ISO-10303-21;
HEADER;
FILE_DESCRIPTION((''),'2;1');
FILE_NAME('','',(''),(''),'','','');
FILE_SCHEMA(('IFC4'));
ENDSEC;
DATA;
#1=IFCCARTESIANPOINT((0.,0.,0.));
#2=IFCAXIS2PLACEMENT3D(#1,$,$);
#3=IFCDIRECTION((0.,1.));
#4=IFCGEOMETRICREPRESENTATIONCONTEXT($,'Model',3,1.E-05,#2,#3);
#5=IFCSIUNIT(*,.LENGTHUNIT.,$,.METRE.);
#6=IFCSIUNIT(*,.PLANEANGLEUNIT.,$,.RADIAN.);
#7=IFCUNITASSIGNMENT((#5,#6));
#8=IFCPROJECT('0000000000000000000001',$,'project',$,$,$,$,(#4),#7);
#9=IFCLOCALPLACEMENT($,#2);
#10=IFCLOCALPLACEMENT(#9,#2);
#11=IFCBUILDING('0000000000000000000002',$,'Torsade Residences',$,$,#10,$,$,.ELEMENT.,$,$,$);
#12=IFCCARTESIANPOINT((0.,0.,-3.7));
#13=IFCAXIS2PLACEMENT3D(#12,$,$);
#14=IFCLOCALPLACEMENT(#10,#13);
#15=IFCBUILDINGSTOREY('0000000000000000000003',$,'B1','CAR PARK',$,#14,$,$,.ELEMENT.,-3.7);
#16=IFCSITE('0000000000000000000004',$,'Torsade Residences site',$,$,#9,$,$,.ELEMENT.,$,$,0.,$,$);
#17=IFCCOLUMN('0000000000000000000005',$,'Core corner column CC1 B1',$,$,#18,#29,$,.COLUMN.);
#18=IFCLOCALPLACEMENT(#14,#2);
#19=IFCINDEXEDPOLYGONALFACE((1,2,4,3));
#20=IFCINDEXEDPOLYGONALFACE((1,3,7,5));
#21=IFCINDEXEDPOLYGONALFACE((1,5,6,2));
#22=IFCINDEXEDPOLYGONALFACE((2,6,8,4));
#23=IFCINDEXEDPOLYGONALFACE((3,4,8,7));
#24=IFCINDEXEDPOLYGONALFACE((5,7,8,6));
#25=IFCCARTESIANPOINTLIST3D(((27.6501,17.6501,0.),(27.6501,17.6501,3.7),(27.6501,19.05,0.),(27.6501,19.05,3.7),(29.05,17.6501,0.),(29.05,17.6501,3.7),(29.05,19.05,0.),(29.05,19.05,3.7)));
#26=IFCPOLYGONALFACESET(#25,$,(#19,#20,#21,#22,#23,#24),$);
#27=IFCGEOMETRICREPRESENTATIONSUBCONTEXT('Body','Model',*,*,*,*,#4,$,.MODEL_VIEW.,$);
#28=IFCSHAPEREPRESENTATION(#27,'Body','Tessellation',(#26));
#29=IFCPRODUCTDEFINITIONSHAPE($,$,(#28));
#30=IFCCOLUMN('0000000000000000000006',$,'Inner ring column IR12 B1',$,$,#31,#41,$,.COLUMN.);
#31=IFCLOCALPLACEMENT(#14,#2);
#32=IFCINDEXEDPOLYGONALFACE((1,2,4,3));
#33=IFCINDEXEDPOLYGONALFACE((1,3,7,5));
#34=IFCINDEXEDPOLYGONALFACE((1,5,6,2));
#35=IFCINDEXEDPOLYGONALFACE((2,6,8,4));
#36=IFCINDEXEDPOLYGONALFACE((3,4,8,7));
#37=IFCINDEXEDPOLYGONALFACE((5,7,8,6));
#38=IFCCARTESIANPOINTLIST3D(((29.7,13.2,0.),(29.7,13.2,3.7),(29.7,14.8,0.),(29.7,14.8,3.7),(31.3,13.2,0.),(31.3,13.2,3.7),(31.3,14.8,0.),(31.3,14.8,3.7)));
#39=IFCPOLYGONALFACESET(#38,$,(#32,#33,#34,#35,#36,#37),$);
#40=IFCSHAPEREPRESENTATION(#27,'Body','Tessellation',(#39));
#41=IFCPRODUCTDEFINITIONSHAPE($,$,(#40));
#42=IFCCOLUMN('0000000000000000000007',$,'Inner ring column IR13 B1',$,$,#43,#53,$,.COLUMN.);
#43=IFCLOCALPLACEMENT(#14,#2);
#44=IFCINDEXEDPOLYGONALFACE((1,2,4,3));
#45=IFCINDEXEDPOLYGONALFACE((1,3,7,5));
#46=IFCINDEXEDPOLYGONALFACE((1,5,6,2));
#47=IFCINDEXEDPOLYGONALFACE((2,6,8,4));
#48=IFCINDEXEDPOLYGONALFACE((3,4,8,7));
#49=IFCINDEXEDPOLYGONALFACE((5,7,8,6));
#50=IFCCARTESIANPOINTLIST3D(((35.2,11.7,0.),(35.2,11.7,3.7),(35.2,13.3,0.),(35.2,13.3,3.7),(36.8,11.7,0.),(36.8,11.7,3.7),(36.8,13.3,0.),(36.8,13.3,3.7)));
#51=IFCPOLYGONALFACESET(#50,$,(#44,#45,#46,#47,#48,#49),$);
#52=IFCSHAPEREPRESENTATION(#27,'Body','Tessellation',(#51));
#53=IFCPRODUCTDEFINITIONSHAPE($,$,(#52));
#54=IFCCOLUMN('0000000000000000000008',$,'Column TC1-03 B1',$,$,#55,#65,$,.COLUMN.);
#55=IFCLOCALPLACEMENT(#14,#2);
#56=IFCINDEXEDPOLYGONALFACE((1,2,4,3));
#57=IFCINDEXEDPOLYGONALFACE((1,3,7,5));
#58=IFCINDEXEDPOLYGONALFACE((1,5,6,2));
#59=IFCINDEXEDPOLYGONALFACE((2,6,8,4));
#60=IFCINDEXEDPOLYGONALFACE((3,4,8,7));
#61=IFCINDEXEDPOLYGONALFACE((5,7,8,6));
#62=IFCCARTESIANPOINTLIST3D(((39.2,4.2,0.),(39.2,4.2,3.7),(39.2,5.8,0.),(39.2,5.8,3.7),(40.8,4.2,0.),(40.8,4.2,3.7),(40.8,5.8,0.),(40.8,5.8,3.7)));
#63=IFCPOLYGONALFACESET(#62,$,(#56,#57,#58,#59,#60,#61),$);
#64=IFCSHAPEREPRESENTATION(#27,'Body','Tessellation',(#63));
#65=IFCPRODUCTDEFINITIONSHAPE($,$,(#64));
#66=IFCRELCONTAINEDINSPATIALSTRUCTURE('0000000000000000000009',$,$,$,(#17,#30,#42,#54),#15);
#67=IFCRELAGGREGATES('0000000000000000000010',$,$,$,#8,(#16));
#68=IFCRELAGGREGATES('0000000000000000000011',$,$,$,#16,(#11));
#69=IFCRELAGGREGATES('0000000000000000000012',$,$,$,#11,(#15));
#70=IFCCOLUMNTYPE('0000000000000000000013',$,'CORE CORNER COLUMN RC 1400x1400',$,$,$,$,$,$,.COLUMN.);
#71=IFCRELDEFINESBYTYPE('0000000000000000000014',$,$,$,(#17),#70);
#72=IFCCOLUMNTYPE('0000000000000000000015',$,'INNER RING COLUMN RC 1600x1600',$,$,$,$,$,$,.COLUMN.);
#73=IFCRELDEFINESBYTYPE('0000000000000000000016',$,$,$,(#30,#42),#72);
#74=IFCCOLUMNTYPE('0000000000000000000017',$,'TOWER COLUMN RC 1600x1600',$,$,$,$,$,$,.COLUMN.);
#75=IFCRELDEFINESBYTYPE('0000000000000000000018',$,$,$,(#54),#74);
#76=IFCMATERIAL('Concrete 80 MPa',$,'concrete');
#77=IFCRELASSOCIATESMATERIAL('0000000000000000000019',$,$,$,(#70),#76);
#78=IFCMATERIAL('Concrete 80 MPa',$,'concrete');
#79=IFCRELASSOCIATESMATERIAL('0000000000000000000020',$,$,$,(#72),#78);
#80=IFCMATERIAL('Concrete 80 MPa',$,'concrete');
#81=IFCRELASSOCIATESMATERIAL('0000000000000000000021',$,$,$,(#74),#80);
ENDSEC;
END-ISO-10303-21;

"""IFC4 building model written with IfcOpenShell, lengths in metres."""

from ifc_helpers import new_model, si_unit, direction, frame, origin, origin_2d, place, context, subcontext, project, spatial, rectangle, extrude, material, material_profile, profile_set, type_object, element, save


model = new_model("IFC4")

# Units and contexts
model_context = context("Model", 3, precision=1e-05, world=origin(), true_north=direction((0.0, 1.0)))
body_context = subcontext(model_context, "Body", "Model", "MODEL_VIEW")
ifc_project = project(units=[si_unit("LENGTHUNIT", "METRE"), si_unit("PLANEANGLEUNIT", "RADIAN")], contexts=[model_context])

# Site, building, storey
site_placement = place(None, origin())
site = spatial("IfcSite", under=ifc_project, at=site_placement, Name="Torsade Residences site", CompositionType="ELEMENT", RefElevation=0.0)
building_placement = place(site_placement, origin())
building = spatial("IfcBuilding", under=site, at=building_placement, Name="Torsade Residences", CompositionType="ELEMENT")
storey_placement = place(building_placement, frame((0.0, 0.0, -3.7)))
storey = spatial("IfcBuildingStorey", under=building, at=storey_placement, Name="B1", Description="CAR PARK", CompositionType="ELEMENT", Elevation=-3.7)

# Columns
ifc_material_1 = material(Name="Concrete 80 MPa", Category="concrete")
ifc_material_profile_1 = material_profile(ifc_material_1, rectangle(XDim=1.3999, YDim=1.3999, at=origin_2d()), Name="RC 1400x1400")
ifc_profile_set_1 = profile_set([ifc_material_profile_1], Name="Concrete 80 MPa")
column_type_1 = type_object("IfcColumnType", Name="CORE CORNER COLUMN RC 1400x1400", PredefinedType="COLUMN", material=ifc_profile_set_1)
column_1_placement = place(storey_placement, frame((28.3501, 18.3501, 0.0), z_axis=(0.0, 0.0, 1.0), x_axis=(1.0, 0.0, 0.0)))
element("IfcColumn", 1, at=column_1_placement, inside=storey, type_object=column_type_1, Name="Core corner column CC1 B1", PredefinedType="COLUMN", context=body_context, shape_type="SweptSolid", body=[
    extrude(rectangle(XDim=1.3999, YDim=1.3999, at=origin_2d()), origin(), (0.0, 0.0, 1.0), 3.7),
])
ifc_material_2 = material(Name="Concrete 80 MPa", Category="concrete")
ifc_material_profile_2 = material_profile(ifc_material_2, rectangle(XDim=1.6001, YDim=1.6001, at=origin_2d()), Name="RC 1600x1600")
ifc_profile_set_2 = profile_set([ifc_material_profile_2], Name="Concrete 80 MPa")
column_type_2 = type_object("IfcColumnType", Name="INNER RING COLUMN RC 1600x1600", PredefinedType="COLUMN", material=ifc_profile_set_2)
for number, where, z_axis, x_axis, name in (
    (2, (30.5, 14.0, 0.0), (0.0, 0.0, 1.0), (1.0, 0.0, 0.0), "Inner ring column IR12 B1"),
    (3, (36.0, 12.5, 0.0), (0.0, 0.0, 1.0), (1.0, 0.0, 0.0), "Inner ring column IR13 B1"),
):
    element("IfcColumn", number, at=place(storey_placement, frame(where, z_axis=z_axis, x_axis=x_axis)), inside=storey, type_object=column_type_2, Name=name, PredefinedType="COLUMN", context=body_context, shape_type="SweptSolid", body=[
        extrude(rectangle(XDim=1.6001, YDim=1.6001, at=origin_2d()), origin(), (0.0, 0.0, 1.0), 3.7),
    ])
ifc_material_3 = material(Name="Concrete 80 MPa", Category="concrete")
ifc_material_profile_3 = material_profile(ifc_material_3, rectangle(XDim=1.6001, YDim=1.6001, at=origin_2d()), Name="RC 1600x1600")
ifc_profile_set_3 = profile_set([ifc_material_profile_3], Name="Concrete 80 MPa")
column_type_3 = type_object("IfcColumnType", Name="TOWER COLUMN RC 1600x1600", PredefinedType="COLUMN", material=ifc_profile_set_3)
column_2_placement = place(storey_placement, frame((40.0, 5.0, 0.0), z_axis=(0.0, 0.0, 1.0), x_axis=(1.0, 0.0, 0.0)))
element("IfcColumn", 4, at=column_2_placement, inside=storey, type_object=column_type_3, Name="Column TC1-03 B1", PredefinedType="COLUMN", context=body_context, shape_type="SweptSolid", body=[
    extrude(rectangle(XDim=1.6001, YDim=1.6001, at=origin_2d()), origin(), (0.0, 0.0, 1.0), 3.7),
])

save(model, "model.ifc")
